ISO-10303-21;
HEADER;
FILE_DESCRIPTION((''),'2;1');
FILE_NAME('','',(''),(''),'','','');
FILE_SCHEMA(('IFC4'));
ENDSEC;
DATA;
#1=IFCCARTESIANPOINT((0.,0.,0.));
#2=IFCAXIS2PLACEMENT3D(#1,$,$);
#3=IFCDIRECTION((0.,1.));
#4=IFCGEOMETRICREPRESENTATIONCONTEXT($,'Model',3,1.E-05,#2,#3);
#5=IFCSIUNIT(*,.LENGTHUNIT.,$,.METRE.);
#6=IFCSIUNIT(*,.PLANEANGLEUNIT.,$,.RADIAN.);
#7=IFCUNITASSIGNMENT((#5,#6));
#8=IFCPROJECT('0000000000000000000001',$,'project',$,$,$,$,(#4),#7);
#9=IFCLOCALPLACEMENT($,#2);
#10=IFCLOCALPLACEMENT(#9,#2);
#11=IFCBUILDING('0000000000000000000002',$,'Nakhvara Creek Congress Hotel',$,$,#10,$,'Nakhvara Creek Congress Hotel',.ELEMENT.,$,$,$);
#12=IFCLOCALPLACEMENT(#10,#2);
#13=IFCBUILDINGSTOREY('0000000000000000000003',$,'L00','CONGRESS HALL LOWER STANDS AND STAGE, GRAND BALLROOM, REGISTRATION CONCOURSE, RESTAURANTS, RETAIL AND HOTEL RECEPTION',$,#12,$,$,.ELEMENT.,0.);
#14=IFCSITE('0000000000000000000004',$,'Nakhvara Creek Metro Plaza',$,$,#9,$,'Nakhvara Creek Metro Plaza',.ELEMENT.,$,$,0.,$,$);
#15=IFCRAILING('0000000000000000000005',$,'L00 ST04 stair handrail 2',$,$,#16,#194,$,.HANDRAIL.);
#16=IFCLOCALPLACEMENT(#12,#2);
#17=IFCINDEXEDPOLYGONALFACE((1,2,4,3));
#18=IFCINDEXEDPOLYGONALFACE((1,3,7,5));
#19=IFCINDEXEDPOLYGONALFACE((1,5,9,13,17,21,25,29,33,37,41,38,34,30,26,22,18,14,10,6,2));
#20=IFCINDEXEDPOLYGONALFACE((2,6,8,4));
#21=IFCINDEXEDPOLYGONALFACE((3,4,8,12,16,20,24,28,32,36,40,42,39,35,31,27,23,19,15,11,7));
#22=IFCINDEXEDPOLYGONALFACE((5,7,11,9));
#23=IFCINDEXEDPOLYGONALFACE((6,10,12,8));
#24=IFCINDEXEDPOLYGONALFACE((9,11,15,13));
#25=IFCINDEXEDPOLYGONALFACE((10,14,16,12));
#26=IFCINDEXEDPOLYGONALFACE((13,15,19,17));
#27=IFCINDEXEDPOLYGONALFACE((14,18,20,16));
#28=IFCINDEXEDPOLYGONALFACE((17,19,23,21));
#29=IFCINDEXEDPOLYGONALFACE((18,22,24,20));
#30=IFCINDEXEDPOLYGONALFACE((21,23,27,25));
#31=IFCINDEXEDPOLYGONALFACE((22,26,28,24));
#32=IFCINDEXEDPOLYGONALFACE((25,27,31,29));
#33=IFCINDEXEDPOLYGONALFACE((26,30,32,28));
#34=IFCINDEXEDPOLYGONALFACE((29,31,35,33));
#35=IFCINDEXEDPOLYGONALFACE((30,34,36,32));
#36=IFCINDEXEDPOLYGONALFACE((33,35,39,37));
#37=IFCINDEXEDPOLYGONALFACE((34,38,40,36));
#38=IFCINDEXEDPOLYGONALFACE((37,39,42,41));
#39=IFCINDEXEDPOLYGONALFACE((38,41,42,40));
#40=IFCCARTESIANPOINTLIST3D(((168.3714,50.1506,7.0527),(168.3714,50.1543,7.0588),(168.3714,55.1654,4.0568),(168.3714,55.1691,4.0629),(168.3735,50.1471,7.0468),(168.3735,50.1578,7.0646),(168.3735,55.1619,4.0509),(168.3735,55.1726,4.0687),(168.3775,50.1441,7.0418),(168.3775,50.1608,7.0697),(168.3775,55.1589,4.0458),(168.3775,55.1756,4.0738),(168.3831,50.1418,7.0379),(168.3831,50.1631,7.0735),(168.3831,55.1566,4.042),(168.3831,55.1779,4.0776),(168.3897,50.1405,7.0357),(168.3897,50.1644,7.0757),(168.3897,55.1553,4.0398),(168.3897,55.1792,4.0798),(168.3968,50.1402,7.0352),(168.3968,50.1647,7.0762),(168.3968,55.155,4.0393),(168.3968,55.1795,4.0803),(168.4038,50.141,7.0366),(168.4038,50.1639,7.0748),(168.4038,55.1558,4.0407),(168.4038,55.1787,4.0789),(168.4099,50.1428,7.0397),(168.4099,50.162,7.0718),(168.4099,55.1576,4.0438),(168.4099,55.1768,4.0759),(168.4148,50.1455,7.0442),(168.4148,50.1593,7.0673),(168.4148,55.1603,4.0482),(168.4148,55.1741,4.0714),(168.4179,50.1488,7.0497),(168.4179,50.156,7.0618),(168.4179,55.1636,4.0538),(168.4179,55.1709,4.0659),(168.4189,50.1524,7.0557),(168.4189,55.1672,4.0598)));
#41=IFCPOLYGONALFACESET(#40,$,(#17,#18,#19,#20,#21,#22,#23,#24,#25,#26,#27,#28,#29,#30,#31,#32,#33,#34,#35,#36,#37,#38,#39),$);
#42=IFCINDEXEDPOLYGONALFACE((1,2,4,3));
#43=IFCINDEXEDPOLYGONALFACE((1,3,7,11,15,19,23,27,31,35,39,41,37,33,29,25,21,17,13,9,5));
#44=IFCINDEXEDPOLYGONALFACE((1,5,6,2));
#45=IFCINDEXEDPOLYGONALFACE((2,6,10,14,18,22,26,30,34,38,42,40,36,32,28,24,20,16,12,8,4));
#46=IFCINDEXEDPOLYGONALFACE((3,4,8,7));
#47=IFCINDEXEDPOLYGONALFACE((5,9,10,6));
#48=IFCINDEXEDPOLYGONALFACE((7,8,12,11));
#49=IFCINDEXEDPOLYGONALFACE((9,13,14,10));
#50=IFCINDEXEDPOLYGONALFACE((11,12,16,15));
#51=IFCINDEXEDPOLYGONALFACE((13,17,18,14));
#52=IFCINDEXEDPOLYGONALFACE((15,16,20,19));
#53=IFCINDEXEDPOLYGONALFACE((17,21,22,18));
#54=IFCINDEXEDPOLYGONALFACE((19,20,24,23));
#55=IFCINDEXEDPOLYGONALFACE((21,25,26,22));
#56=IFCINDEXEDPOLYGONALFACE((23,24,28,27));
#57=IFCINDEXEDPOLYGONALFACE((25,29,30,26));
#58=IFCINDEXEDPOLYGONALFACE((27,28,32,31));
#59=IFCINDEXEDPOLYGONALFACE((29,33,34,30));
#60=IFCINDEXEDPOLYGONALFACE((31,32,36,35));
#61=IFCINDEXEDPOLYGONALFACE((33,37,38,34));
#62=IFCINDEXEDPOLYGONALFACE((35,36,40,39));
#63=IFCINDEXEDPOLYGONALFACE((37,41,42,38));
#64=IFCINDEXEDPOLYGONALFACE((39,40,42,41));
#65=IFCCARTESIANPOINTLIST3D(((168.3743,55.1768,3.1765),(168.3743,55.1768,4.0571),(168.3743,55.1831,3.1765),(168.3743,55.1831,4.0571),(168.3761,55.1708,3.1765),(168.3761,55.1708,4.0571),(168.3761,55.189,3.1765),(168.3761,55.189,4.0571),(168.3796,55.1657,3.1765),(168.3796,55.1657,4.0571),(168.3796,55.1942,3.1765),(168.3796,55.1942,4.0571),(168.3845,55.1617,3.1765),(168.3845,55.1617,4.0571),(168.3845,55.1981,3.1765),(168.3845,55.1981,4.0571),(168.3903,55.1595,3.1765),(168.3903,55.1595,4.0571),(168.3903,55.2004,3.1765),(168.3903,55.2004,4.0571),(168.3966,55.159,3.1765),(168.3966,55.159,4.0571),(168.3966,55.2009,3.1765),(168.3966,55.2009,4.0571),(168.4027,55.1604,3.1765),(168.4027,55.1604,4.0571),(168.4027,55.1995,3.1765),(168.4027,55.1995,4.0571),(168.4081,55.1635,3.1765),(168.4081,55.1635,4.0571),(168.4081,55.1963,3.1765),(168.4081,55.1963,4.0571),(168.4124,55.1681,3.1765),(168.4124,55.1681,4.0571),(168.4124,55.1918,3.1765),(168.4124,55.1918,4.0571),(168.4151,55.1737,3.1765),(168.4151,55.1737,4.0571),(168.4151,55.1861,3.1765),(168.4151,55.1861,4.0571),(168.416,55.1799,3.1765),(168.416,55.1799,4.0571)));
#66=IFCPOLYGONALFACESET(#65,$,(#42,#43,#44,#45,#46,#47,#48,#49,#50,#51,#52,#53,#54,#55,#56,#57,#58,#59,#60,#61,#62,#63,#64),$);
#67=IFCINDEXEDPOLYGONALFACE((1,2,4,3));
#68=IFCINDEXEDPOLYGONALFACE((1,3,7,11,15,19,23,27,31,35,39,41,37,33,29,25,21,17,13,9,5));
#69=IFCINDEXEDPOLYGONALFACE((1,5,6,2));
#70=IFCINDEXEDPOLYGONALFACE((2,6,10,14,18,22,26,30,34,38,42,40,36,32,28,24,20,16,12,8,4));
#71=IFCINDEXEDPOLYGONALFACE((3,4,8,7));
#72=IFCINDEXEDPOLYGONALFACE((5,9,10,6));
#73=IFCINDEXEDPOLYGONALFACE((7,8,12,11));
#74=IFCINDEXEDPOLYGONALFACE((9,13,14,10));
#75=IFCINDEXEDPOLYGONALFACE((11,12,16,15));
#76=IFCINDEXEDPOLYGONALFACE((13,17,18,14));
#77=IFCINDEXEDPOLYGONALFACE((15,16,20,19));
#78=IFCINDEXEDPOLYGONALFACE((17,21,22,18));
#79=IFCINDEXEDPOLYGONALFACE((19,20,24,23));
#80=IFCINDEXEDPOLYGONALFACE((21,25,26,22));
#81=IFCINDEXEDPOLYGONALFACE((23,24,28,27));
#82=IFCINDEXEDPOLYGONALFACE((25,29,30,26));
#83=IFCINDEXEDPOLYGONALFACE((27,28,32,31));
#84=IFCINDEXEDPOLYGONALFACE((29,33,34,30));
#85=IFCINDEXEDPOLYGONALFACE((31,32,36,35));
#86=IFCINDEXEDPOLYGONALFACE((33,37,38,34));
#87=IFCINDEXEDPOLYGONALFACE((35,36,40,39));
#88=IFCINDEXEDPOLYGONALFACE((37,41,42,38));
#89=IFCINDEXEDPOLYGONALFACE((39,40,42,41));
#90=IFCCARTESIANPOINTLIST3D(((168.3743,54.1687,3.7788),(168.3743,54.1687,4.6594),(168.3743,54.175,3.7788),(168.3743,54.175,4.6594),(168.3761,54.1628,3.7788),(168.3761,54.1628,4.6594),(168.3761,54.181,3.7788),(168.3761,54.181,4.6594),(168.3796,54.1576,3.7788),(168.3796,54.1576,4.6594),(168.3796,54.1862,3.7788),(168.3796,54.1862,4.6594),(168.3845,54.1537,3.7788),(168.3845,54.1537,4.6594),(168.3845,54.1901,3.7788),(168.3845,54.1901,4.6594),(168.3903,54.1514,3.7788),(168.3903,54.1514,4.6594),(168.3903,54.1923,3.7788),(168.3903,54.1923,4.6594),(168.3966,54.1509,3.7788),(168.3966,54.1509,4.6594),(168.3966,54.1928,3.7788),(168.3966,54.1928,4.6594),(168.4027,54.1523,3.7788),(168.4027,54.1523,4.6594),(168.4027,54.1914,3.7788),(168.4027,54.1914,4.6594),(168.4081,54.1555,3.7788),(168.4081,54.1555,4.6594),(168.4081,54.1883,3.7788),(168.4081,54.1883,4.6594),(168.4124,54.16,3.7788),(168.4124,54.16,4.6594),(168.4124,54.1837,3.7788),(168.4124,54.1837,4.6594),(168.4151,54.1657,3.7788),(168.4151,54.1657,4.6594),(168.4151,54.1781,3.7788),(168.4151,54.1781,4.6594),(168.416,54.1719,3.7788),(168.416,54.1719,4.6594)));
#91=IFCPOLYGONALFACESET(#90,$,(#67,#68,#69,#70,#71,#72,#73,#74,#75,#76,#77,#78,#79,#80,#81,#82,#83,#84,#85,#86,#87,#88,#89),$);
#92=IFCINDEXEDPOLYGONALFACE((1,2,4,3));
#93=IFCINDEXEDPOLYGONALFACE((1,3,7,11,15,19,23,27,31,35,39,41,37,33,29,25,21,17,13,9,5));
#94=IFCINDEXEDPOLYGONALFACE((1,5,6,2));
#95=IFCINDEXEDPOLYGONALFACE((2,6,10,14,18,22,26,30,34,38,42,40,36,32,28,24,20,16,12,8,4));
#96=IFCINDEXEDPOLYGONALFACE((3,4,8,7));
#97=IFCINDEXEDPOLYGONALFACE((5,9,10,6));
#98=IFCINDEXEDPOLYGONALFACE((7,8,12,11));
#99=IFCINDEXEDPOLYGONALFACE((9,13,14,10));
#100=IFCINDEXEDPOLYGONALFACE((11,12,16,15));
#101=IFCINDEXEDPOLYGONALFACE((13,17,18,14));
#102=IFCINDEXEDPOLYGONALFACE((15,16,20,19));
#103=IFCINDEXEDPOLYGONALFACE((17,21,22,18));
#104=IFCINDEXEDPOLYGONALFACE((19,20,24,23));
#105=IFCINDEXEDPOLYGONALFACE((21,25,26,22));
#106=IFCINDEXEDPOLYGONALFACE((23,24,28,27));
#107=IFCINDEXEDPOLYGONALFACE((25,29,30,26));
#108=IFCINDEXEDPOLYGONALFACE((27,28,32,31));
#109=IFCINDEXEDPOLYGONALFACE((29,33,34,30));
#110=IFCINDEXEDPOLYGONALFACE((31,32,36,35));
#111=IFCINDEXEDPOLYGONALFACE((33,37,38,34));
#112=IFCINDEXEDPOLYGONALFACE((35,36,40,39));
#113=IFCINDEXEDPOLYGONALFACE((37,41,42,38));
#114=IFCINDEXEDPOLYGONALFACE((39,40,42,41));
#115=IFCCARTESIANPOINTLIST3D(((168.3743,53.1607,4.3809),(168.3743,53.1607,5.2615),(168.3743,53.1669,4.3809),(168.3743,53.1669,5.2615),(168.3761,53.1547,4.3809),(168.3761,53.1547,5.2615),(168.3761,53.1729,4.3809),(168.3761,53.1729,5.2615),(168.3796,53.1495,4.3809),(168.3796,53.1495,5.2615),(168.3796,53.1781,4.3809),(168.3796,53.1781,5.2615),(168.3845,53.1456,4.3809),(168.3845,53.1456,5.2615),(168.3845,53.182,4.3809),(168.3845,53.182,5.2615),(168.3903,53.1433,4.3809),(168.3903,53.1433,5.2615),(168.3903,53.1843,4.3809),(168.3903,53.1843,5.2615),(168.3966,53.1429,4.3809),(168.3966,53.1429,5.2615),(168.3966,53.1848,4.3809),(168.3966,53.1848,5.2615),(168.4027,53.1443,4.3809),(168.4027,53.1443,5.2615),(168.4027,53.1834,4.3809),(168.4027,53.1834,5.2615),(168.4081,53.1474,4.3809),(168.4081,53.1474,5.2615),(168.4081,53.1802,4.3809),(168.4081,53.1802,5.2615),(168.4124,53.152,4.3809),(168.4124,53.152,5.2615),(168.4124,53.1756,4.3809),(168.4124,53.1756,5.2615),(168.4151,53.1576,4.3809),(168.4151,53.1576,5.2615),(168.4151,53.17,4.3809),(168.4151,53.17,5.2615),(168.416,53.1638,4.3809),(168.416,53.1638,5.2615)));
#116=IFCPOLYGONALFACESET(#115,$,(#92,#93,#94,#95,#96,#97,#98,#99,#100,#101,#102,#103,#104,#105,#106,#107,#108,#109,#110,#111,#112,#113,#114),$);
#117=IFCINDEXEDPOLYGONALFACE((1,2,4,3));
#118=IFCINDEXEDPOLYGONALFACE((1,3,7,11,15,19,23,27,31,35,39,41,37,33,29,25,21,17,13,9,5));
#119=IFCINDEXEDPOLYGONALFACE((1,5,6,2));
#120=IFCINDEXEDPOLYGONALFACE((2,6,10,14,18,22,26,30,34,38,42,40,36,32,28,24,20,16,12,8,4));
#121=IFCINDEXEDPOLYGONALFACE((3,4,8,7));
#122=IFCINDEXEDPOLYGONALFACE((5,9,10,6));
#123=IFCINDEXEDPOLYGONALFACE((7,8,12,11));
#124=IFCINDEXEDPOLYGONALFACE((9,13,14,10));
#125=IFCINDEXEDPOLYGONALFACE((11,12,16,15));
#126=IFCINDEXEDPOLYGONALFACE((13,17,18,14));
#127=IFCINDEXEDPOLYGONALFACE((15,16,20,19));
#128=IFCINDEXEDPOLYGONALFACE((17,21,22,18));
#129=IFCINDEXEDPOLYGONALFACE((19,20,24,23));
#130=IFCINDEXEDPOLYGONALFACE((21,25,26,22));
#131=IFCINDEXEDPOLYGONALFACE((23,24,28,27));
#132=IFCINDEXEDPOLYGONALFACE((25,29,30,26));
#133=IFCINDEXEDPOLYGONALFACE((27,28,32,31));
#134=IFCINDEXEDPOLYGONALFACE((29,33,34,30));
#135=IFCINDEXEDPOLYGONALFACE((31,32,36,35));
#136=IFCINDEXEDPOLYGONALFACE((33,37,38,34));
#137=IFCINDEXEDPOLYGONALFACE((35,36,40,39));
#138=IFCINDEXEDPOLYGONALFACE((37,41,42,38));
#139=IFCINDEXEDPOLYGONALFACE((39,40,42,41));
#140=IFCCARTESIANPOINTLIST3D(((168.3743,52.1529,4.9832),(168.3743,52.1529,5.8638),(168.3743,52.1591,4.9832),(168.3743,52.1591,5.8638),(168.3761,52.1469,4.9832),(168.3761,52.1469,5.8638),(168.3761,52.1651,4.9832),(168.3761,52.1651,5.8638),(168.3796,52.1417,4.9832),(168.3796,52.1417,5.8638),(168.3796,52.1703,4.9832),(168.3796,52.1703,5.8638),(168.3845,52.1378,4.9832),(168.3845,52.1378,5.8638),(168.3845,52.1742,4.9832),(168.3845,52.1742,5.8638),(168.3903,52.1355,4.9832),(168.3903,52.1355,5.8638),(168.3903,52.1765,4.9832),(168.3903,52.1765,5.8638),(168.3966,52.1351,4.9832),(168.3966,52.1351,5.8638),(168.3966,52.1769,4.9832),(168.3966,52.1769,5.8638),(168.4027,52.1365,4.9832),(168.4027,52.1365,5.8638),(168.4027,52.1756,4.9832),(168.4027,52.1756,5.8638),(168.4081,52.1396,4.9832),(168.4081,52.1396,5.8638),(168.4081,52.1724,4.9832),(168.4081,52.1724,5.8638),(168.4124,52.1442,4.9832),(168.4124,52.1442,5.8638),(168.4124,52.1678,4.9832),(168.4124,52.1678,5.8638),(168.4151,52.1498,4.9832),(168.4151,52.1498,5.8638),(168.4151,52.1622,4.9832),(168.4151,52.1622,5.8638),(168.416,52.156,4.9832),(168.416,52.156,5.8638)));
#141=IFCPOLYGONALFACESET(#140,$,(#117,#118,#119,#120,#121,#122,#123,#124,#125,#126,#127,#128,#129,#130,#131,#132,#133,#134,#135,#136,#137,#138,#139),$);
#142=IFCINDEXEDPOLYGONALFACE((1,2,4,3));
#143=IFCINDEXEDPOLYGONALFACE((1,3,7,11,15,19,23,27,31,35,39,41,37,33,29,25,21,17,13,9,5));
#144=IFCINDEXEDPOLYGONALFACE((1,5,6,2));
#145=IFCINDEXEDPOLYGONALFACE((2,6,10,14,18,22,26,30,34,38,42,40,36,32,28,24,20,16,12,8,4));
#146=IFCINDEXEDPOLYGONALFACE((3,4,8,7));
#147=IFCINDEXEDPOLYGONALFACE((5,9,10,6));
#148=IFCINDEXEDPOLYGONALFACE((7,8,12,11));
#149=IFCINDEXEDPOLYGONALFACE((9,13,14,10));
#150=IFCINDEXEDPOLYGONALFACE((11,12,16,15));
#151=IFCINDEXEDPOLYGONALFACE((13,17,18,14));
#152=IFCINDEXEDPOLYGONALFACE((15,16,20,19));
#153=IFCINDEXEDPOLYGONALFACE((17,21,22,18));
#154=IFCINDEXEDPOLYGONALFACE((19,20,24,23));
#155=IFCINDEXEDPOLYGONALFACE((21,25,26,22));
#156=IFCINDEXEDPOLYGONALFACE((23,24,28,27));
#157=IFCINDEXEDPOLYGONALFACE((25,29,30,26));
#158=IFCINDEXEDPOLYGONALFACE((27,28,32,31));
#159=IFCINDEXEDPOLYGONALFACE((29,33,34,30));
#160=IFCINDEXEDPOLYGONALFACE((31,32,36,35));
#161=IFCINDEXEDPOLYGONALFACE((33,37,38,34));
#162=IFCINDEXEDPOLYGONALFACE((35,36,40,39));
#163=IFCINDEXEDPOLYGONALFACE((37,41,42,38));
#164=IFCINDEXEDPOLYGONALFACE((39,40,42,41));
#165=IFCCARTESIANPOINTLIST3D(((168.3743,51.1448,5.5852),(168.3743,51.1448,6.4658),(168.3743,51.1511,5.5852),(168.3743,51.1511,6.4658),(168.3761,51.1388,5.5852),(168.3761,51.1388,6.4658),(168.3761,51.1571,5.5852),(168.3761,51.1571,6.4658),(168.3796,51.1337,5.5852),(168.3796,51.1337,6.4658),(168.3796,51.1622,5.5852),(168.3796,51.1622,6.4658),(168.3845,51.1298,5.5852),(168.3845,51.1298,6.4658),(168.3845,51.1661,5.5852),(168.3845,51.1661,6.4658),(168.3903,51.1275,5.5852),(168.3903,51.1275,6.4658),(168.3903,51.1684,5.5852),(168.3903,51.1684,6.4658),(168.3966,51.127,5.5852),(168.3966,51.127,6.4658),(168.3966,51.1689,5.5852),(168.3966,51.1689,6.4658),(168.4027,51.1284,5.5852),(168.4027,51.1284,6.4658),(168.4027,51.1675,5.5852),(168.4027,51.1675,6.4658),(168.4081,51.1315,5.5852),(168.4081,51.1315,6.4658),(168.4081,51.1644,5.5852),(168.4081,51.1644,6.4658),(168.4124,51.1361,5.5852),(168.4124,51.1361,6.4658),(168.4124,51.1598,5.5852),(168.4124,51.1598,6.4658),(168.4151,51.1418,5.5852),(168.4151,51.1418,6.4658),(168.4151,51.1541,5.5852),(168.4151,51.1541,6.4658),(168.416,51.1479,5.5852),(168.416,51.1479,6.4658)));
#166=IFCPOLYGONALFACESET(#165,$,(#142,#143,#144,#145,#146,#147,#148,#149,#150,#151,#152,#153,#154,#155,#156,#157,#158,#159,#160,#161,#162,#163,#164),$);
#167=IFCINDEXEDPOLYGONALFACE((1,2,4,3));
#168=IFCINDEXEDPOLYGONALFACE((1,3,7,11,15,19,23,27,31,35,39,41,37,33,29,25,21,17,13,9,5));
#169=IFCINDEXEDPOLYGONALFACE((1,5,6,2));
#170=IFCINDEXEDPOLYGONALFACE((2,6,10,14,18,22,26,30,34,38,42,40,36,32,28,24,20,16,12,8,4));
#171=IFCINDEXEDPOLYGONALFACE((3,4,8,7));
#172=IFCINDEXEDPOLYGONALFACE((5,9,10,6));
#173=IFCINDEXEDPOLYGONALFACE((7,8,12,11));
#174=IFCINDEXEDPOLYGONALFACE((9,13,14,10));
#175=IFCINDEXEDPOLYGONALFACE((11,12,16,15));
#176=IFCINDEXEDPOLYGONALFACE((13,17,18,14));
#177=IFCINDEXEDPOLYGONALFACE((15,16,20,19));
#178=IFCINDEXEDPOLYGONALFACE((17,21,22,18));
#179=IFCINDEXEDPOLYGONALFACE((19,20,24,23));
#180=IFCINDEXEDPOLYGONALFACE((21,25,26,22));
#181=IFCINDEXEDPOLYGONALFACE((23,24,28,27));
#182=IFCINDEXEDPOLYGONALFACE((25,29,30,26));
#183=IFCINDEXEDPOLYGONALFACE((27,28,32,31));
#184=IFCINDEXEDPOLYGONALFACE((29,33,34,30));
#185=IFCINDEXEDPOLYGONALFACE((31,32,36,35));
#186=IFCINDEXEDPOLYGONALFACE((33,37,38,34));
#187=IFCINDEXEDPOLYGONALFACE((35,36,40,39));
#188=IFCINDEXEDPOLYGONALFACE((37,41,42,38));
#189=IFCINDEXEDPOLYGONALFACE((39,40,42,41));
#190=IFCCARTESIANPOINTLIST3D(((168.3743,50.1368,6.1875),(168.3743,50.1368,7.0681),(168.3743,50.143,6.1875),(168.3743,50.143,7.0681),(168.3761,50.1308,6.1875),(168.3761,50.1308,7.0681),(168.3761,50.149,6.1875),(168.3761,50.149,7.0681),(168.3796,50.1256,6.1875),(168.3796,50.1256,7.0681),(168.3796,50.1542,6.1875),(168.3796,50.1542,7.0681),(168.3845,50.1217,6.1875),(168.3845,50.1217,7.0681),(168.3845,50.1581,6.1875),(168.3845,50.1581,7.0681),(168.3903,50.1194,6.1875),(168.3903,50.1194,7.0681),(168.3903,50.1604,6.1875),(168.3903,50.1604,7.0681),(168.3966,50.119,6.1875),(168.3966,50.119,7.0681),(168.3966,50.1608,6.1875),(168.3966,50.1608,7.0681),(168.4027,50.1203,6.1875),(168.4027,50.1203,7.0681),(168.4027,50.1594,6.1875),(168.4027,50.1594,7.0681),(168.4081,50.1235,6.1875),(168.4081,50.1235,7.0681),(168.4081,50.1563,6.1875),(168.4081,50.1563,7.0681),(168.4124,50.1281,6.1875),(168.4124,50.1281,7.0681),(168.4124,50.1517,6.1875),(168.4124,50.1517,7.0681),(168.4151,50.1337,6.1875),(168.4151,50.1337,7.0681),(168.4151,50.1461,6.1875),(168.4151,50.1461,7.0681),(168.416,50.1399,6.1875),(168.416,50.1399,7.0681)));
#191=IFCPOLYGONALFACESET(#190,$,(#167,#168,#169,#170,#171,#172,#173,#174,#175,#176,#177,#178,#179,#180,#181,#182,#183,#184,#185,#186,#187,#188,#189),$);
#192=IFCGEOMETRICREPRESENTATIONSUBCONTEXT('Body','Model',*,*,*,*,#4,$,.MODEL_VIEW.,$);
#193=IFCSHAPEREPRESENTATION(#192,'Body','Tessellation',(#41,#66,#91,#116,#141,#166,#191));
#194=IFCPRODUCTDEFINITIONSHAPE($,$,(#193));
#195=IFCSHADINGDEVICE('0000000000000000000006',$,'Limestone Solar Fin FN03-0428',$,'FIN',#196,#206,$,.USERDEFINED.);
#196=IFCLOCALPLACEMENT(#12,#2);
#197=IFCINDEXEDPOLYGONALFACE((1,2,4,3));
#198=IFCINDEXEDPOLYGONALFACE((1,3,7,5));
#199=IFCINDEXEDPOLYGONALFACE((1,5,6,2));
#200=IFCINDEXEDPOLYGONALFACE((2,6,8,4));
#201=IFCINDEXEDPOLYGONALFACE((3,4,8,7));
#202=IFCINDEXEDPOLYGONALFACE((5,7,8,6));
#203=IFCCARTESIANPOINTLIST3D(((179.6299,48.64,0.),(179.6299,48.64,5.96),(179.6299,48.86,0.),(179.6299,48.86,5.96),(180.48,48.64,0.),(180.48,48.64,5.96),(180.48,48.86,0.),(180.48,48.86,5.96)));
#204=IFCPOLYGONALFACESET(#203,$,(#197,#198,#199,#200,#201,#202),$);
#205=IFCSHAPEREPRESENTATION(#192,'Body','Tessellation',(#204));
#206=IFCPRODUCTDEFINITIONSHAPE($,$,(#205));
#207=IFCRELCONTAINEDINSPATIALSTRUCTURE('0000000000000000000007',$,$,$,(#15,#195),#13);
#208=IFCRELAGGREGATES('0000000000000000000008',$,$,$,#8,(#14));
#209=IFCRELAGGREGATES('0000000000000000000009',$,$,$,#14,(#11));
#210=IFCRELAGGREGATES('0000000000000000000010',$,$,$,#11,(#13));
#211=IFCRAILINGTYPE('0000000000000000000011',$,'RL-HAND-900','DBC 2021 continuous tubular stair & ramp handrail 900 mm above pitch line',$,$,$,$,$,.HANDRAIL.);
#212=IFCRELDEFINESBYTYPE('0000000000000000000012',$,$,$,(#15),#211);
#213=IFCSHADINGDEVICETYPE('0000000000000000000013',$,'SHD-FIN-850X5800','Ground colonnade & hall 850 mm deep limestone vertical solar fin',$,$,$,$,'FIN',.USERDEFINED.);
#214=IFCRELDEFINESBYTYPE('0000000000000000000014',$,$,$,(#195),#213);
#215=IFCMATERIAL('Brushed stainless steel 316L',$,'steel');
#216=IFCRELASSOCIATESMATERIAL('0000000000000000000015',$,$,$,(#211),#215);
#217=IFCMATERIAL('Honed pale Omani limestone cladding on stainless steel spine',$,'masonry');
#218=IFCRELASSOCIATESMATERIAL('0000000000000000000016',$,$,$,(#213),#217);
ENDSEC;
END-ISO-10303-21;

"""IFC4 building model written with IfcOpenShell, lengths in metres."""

from ifc_helpers import new_model, si_unit, direction, frame, origin, origin_2d, place, context, subcontext, project, spatial, rectangle, circle, extrude, material, type_object, element, save


model = new_model("IFC4")

# Units and contexts
model_context = context("Model", 3, precision=1e-05, world=origin(), true_north=direction((0.0, 1.0)))
body_context = subcontext(model_context, "Body", "Model", "MODEL_VIEW")
ifc_project = project(units=[si_unit("LENGTHUNIT", "METRE"), si_unit("PLANEANGLEUNIT", "RADIAN")], contexts=[model_context])

# Site, building, storey
site_placement = place(None, origin())
site = spatial("IfcSite", under=ifc_project, at=site_placement, Name="Nakhvara Creek Metro Plaza", LongName="Nakhvara Creek Metro Plaza", CompositionType="ELEMENT", RefElevation=0.0)
building_placement = place(site_placement, origin())
building = spatial("IfcBuilding", under=site, at=building_placement, Name="Nakhvara Creek Congress Hotel", LongName="Nakhvara Creek Congress Hotel", CompositionType="ELEMENT")
storey_placement = place(building_placement, origin())
storey = spatial("IfcBuildingStorey", under=building, at=storey_placement, Name="L00", Description="CONGRESS HALL LOWER STANDS AND STAGE, GRAND BALLROOM, REGISTRATION CONCOURSE, RESTAURANTS, RETAIL AND HOTEL RECEPTION", CompositionType="ELEMENT", Elevation=0.0)

# Railing
ifc_material_1 = material(Name="Brushed stainless steel 316L", Category="steel")
railing_type_1 = type_object("IfcRailingType", Name="RL-HAND-900", Description="DBC 2021 continuous tubular stair & ramp handrail 900 mm above pitch line", PredefinedType="HANDRAIL", material=ifc_material_1)
railing_1_placement = place(storey_placement, frame((168.395, 55.1799, 3.1765)))
element("IfcRailing", 1, at=railing_1_placement, inside=storey, type_object=railing_type_1, Name="L00 ST04 stair handrail 2", PredefinedType="HANDRAIL", context=body_context, shape_type="SweptSolid", body=[
    extrude(circle(Radius=0.0239, at=origin_2d()), frame((0.0, -0.0127, 0.8833), z_axis=(0.0, -0.858471, 0.512862), x_axis=(1.0, 0.0, 0.0)), (0.0, 0.0, 1.0), 5.8416),
    extrude(circle(Radius=0.021, at=origin_2d()), origin(), (0.0, 0.0, 1.0), 0.8806),
    extrude(circle(Radius=0.021, at=origin_2d()), frame((0.0, -1.0081, 0.6023)), (0.0, 0.0, 1.0), 0.8806),
    extrude(circle(Radius=0.021, at=origin_2d()), frame((0.0, -2.0161, 1.2043)), (0.0, 0.0, 1.0), 0.8806),
    extrude(circle(Radius=0.021, at=origin_2d()), frame((0.0, -3.0239, 1.8066)), (0.0, 0.0, 1.0), 0.8806),
    extrude(circle(Radius=0.021, at=origin_2d()), frame((0.0, -4.032, 2.4087)), (0.0, 0.0, 1.0), 0.8806),
    extrude(circle(Radius=0.021, at=origin_2d()), frame((0.0, -5.04, 3.011)), (0.0, 0.0, 1.0), 0.8806),
])

# Shading device
ifc_material_2 = material(Name="Honed pale Omani limestone cladding on stainless steel spine", Category="masonry")
shading_device_type = type_object("IfcShadingDeviceType", Name="SHD-FIN-850X5800", Description="Ground colonnade & hall 850 mm deep limestone vertical solar fin", ElementType="FIN", PredefinedType="USERDEFINED", material=ifc_material_2)
for number, where, z_axis, x_axis, name in (
    (2, (180.0549, 48.75, 0.0), (0.0, 0.0, 1.0), (0.0, 1.0, 0.0), "Limestone Solar Fin FN03-0428"),
):
    element("IfcShadingDevice", number, at=place(storey_placement, frame(where, z_axis=z_axis, x_axis=x_axis)), inside=storey, type_object=shading_device_type, Name=name, ObjectType="FIN", PredefinedType="USERDEFINED", context=body_context, shape_type="SweptSolid", body=[
        extrude(rectangle(XDim=0.22, YDim=0.8501, at=origin_2d()), origin(), (0.0, 0.0, 1.0), 5.96),
    ])

save(model, "model.ifc")
